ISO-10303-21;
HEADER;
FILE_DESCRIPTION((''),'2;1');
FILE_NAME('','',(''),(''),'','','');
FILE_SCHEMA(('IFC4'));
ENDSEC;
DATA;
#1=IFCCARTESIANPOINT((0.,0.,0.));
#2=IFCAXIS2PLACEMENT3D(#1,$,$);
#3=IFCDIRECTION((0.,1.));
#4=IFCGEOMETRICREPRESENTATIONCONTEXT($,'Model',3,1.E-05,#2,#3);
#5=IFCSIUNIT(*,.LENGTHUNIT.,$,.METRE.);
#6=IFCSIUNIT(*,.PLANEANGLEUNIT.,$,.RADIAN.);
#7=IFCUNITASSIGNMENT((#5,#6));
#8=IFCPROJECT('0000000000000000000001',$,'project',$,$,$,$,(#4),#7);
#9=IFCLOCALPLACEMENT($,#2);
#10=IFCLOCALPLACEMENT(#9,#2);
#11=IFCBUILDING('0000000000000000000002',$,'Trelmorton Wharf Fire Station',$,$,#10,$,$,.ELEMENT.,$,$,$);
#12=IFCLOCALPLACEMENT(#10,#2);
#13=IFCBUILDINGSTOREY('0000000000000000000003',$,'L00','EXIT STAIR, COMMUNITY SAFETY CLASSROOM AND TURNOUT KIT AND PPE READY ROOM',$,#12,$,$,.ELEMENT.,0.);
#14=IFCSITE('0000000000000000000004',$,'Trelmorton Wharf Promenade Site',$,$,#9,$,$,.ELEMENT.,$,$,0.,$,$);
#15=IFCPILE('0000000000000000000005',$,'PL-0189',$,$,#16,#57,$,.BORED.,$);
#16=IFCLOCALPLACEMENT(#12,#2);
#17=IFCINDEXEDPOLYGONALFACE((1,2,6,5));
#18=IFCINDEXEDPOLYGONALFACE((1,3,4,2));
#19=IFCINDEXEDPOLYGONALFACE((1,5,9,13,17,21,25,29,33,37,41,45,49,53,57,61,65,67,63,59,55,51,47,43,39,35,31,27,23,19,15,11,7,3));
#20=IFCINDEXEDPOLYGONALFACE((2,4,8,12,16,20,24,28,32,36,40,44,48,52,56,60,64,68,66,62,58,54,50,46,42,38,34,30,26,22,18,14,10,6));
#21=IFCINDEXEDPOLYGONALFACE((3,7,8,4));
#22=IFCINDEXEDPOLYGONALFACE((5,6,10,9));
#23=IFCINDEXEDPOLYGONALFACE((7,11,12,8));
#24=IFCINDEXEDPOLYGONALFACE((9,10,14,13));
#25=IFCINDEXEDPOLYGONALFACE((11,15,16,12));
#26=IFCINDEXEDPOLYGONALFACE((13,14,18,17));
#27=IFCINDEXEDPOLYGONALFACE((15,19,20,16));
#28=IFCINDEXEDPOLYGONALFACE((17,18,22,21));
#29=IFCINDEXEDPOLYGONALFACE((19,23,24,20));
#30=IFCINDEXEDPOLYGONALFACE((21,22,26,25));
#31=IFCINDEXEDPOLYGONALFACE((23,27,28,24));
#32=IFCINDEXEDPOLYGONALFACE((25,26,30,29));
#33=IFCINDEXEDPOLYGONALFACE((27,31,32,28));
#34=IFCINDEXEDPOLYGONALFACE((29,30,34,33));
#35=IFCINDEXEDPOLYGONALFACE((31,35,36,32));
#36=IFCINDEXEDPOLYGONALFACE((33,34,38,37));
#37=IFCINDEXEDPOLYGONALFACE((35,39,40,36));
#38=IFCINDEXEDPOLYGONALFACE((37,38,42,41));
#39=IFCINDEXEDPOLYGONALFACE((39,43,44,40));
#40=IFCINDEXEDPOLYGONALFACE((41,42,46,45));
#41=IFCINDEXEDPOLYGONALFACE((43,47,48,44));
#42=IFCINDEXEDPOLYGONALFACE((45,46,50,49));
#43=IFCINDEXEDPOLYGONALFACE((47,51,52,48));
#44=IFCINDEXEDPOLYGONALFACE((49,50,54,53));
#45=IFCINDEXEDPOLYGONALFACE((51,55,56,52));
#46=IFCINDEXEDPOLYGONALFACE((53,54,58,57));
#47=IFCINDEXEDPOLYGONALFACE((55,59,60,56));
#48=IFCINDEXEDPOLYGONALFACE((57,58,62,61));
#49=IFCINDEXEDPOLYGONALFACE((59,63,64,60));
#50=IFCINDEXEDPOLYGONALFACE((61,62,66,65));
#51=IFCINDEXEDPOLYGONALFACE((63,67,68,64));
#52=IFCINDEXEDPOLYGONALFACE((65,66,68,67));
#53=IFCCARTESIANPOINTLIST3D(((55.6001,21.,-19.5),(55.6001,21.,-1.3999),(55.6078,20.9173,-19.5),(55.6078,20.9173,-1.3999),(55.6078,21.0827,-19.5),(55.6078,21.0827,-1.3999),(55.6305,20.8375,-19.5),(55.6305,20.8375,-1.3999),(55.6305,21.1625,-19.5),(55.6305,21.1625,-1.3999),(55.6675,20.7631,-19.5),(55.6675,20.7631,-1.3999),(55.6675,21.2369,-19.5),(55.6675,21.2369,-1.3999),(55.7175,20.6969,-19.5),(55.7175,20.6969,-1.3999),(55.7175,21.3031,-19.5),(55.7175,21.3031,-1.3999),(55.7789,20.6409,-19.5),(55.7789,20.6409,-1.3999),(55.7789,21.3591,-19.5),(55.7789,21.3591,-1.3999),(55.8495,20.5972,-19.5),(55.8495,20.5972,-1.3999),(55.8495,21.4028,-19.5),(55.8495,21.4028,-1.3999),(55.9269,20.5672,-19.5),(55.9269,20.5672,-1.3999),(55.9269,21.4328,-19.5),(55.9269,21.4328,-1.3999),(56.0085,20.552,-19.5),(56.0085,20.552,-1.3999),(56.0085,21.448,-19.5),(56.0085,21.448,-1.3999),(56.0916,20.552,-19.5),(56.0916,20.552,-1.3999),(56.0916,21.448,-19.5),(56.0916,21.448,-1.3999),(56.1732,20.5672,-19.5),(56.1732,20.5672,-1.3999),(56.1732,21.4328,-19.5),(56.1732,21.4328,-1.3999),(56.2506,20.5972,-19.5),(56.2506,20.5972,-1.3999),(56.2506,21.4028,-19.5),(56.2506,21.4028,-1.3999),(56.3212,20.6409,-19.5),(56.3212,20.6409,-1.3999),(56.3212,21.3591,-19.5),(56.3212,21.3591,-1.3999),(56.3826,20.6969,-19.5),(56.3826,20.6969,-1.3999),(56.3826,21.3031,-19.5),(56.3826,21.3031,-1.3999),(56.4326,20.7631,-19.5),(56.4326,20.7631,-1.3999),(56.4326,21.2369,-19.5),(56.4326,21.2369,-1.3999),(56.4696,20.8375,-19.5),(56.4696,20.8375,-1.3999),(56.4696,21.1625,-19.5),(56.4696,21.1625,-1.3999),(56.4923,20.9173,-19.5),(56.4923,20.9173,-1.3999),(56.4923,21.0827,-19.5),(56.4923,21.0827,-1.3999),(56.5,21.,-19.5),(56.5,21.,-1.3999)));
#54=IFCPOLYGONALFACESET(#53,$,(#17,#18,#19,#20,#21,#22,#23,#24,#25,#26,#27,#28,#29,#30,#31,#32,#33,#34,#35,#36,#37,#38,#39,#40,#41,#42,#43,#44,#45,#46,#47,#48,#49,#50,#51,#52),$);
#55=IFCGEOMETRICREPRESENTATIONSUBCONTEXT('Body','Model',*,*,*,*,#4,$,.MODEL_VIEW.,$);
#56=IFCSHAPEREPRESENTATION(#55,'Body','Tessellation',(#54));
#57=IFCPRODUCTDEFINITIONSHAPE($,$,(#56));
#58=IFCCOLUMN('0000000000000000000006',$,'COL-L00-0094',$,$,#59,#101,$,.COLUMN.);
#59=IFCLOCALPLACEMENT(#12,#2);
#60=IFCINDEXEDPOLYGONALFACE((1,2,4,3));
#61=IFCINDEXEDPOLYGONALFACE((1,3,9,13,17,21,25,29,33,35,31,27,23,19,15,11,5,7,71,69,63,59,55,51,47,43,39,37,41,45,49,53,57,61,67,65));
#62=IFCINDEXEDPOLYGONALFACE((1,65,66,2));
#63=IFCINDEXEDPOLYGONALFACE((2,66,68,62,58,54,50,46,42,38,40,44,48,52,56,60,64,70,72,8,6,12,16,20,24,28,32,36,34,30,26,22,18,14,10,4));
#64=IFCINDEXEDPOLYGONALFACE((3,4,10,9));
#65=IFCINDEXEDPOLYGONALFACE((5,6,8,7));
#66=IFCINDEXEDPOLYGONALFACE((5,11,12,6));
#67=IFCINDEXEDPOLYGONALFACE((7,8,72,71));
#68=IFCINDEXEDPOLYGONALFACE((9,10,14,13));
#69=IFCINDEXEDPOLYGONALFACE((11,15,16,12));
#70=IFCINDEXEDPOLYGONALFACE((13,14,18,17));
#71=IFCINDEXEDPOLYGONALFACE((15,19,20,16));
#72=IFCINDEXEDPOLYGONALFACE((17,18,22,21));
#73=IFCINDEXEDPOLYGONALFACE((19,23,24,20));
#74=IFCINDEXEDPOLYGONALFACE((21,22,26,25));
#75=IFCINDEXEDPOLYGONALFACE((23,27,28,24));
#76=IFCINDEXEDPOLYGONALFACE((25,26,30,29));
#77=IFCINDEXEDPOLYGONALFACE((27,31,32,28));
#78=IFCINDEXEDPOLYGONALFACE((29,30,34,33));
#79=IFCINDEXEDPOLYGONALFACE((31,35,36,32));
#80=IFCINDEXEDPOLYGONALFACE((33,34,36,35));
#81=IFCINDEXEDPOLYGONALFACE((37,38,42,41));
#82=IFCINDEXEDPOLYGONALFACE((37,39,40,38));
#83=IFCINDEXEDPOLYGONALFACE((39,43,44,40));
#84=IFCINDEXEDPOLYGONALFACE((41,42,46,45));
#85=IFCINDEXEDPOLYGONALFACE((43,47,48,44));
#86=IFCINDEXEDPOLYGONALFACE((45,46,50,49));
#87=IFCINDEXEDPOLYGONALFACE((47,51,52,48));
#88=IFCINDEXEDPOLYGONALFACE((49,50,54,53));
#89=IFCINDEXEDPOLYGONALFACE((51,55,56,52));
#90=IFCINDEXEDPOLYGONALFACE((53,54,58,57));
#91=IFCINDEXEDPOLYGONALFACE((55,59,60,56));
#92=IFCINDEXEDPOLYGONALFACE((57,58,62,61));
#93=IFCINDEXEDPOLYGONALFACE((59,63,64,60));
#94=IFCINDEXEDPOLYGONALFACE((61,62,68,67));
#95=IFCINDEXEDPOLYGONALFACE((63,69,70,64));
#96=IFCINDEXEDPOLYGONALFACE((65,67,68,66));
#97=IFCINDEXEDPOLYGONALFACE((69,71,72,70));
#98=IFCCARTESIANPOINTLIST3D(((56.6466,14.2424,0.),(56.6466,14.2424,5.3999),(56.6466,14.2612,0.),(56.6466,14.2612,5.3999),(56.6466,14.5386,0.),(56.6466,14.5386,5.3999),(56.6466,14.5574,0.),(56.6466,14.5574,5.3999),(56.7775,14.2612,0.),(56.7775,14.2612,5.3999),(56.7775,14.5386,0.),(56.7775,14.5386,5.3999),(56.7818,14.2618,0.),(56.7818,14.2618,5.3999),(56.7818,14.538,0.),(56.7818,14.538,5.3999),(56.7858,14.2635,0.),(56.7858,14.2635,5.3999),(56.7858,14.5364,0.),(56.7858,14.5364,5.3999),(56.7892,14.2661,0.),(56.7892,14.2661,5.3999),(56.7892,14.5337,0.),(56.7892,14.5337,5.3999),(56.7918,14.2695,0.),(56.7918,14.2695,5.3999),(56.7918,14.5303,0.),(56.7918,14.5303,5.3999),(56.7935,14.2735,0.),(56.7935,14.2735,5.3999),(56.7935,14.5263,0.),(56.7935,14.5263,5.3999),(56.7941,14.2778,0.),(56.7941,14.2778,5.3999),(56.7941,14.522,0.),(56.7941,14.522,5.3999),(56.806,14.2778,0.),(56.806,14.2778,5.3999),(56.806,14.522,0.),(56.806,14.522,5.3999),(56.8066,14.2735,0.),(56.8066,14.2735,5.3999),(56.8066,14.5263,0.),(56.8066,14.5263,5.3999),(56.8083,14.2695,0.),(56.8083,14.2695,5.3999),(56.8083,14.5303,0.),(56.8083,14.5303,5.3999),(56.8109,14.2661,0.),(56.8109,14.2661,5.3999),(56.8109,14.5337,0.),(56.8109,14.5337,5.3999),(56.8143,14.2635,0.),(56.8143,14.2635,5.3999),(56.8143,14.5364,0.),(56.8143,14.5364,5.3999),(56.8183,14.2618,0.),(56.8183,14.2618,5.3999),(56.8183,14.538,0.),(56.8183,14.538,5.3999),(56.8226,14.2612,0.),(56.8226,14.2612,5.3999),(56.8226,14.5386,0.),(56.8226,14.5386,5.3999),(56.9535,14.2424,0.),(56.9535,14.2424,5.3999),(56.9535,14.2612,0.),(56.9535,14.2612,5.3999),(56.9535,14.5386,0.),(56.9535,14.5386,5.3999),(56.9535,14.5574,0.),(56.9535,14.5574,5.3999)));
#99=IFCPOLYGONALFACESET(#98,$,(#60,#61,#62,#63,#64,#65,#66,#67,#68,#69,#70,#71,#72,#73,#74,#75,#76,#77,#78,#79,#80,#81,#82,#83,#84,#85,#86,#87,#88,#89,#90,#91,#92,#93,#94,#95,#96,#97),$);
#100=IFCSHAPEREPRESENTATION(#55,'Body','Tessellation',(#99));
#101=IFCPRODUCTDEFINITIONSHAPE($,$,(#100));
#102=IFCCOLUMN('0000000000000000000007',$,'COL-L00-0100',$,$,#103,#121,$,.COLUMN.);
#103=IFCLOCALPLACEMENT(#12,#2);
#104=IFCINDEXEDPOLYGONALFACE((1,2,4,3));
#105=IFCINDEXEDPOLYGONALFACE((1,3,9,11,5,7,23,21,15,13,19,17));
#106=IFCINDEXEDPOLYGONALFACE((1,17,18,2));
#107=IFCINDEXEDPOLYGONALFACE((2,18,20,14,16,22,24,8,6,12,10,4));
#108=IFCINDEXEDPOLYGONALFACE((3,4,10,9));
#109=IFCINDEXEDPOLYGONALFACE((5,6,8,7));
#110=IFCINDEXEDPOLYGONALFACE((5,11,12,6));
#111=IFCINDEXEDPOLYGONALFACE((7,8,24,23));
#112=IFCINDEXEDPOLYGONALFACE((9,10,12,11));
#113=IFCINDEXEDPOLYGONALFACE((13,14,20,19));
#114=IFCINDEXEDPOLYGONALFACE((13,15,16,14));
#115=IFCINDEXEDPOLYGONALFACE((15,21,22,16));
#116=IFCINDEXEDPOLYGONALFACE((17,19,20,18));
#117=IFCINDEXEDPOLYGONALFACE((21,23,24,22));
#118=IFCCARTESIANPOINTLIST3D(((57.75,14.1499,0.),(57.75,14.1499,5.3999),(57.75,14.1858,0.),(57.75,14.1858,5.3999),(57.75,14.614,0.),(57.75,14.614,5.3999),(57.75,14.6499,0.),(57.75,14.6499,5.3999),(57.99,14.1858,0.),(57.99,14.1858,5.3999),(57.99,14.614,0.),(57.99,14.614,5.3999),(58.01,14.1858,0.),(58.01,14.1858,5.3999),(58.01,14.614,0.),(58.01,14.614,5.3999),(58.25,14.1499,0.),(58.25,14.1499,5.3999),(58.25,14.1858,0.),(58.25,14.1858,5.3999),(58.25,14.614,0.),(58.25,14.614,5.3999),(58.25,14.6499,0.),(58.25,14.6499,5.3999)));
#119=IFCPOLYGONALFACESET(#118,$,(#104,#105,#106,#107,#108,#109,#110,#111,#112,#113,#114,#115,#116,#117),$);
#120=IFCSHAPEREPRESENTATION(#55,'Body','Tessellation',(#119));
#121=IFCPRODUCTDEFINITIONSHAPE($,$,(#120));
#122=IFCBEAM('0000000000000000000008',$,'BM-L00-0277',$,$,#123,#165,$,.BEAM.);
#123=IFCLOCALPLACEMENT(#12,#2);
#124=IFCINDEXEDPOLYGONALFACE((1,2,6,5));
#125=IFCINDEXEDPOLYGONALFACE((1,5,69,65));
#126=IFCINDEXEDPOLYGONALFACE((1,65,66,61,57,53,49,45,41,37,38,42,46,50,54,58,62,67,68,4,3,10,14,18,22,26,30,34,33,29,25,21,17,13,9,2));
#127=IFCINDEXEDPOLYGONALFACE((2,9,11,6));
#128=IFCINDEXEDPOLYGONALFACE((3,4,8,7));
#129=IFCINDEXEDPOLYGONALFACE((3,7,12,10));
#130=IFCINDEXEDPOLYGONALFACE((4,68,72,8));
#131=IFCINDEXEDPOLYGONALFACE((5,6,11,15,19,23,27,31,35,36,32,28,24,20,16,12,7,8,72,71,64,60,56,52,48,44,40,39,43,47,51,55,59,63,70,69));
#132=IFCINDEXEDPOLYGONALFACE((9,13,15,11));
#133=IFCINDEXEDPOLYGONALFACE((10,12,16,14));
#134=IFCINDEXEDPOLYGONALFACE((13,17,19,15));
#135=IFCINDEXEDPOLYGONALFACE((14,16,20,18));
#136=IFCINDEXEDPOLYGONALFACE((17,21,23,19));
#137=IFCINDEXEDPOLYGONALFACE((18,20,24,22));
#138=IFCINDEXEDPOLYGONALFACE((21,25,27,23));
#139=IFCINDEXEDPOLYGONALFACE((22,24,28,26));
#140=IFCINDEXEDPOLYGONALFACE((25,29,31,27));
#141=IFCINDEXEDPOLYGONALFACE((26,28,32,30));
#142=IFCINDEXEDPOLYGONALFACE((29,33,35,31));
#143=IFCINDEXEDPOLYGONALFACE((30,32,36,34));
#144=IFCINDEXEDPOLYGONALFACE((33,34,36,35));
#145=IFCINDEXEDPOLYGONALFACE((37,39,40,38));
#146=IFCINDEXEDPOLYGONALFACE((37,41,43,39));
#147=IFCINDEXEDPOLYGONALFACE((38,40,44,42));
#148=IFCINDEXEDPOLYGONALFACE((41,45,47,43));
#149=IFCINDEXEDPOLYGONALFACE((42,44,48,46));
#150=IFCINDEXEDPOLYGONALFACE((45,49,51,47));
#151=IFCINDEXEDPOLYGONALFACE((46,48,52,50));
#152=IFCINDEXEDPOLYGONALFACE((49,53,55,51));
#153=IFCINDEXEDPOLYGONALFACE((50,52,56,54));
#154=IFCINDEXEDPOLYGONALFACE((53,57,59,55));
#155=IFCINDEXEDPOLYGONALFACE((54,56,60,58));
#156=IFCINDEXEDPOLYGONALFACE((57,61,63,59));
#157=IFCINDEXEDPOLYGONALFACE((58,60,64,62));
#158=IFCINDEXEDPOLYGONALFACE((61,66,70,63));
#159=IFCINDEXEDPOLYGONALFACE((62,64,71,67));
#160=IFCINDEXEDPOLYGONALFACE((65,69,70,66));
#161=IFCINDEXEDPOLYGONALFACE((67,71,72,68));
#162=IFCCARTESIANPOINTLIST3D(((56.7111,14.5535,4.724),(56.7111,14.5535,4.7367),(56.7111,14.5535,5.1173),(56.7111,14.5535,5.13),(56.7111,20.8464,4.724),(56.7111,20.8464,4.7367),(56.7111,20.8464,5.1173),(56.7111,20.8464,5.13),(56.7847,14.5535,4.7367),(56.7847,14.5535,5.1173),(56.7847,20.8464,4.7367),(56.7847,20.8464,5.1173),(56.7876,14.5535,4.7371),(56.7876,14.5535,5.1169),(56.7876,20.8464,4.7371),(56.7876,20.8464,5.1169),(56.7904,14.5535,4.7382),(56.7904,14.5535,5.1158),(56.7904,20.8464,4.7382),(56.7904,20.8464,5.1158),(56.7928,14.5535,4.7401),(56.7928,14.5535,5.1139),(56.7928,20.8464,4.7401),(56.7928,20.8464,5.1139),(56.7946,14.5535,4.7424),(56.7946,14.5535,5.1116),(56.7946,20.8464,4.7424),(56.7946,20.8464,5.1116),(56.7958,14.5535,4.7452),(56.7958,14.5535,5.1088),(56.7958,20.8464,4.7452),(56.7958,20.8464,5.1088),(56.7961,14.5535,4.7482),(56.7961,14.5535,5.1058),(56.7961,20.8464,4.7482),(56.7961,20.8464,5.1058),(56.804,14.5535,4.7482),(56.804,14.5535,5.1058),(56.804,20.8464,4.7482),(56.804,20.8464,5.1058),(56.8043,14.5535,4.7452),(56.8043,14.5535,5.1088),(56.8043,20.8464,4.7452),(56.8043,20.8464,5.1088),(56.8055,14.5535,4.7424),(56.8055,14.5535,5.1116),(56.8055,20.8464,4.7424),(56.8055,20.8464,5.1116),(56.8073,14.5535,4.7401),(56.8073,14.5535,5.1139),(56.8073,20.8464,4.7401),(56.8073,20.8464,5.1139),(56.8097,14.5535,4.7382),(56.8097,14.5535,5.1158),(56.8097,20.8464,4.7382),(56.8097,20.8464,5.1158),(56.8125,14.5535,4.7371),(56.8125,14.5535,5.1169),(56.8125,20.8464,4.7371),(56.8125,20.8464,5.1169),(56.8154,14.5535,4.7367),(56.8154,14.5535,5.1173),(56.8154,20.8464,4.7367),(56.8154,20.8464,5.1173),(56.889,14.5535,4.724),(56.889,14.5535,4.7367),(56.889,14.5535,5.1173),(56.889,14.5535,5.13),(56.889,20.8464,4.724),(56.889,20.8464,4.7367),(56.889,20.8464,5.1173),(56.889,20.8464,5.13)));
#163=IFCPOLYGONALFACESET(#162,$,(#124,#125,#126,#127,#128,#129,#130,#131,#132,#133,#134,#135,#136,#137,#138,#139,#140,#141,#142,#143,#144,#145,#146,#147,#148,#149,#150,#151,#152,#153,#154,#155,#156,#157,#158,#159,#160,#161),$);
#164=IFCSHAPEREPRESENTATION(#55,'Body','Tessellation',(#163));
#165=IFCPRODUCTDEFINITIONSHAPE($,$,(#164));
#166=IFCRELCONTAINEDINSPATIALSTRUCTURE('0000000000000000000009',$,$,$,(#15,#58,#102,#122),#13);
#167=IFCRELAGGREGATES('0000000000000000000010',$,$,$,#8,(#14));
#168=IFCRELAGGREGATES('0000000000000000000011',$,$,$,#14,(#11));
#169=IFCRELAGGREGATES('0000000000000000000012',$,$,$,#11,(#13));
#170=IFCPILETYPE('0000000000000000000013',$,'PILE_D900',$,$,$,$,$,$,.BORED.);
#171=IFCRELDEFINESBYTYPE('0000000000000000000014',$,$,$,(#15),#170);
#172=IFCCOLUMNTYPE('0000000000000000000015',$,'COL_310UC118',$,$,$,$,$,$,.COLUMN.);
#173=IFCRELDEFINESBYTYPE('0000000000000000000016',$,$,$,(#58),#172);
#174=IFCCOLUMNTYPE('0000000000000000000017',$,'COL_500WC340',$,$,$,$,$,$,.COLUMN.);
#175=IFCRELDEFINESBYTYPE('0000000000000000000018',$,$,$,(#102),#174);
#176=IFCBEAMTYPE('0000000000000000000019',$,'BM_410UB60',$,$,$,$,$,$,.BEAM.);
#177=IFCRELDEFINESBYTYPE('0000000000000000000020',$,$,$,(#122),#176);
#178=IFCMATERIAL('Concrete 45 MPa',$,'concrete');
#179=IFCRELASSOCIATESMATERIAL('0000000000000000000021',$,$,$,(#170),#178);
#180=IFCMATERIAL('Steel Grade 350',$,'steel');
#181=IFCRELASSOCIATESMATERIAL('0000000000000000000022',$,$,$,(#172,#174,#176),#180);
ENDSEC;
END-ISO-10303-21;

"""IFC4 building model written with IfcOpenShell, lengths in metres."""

from ifc_helpers import new_model, si_unit, direction, frame, origin, origin_2d, place, context, subcontext, project, spatial, circle, i_section, extrude, material, material_profile, profile_set, type_object, element, save


model = new_model("IFC4")

# Units and contexts
model_context = context("Model", 3, precision=1e-05, world=origin(), true_north=direction((0.0, 1.0)))
body_context = subcontext(model_context, "Body", "Model", "MODEL_VIEW")
ifc_project = project(units=[si_unit("LENGTHUNIT", "METRE"), si_unit("PLANEANGLEUNIT", "RADIAN")], contexts=[model_context])

# Site, building, storey
site_placement = place(None, origin())
site = spatial("IfcSite", under=ifc_project, at=site_placement, Name="Trelmorton Wharf Promenade Site", CompositionType="ELEMENT", RefElevation=0.0)
building_placement = place(site_placement, origin())
building = spatial("IfcBuilding", under=site, at=building_placement, Name="Trelmorton Wharf Fire Station", CompositionType="ELEMENT")
storey_placement = place(building_placement, origin())
storey = spatial("IfcBuildingStorey", under=building, at=storey_placement, Name="L00", Description="EXIT STAIR, COMMUNITY SAFETY CLASSROOM AND TURNOUT KIT AND PPE READY ROOM", CompositionType="ELEMENT", Elevation=0.0)

# Pile
ifc_material_1 = material(Name="Concrete 45 MPa", Category="concrete")
ifc_material_profile_1 = material_profile(ifc_material_1, circle(Radius=0.45, at=origin_2d()), Name="PILE-D900")
ifc_profile_set_1 = profile_set([ifc_material_profile_1], Name="Concrete 45 MPa")
pile_type_1 = type_object("IfcPileType", Name="PILE_D900", PredefinedType="BORED", material=ifc_profile_set_1)
for number, where, z_axis, x_axis, name in (
    (1, (56.05, 21.0, -1.3999), (0.0, 0.0, -1.0), (1.0, 0.0, 0.0), "PL-0189"),
):
    element("IfcPile", number, at=place(storey_placement, frame(where, z_axis=z_axis, x_axis=x_axis)), inside=storey, type_object=pile_type_1, Name=name, PredefinedType="BORED", context=body_context, shape_type="SweptSolid", body=[
        extrude(circle(Radius=0.45, at=origin_2d()), origin(), (0.0, 0.0, 1.0), 18.1001),
    ])

# Columns
ifc_material_2 = material(Name="Steel Grade 350", Category="steel")
ifc_material_profile_2 = material_profile(ifc_material_2, i_section(OverallWidth=0.3069, OverallDepth=0.3149, WebThickness=0.012, FlangeThickness=0.0188, FilletRadius=0.0166, at=origin_2d()), Name="310UC118")
ifc_profile_set_2 = profile_set([ifc_material_profile_2], Name="Steel Grade 350")
column_type_1 = type_object("IfcColumnType", Name="COL_310UC118", PredefinedType="COLUMN", material=ifc_profile_set_2)
column_1_placement = place(storey_placement, frame((56.8, 14.3999, 0.0), z_axis=(0.0, 0.0, 1.0), x_axis=(1.0, 0.0, 0.0)))
element("IfcColumn", 2, at=column_1_placement, inside=storey, type_object=column_type_1, Name="COL-L00-0094", PredefinedType="COLUMN", context=body_context, shape_type="SweptSolid", body=[
    extrude(i_section(OverallWidth=0.3069, OverallDepth=0.3149, WebThickness=0.012, FlangeThickness=0.0188, FilletRadius=0.0166, at=origin_2d()), origin(), (0.0, 0.0, 1.0), 5.3999),
])
ifc_material_profile_3 = material_profile(ifc_material_2, i_section(OverallWidth=0.5, OverallDepth=0.5, WebThickness=0.02, FlangeThickness=0.0359, at=origin_2d()), Name="500WC340")
ifc_profile_set_3 = profile_set([ifc_material_profile_3], Name="Steel Grade 350")
column_type_2 = type_object("IfcColumnType", Name="COL_500WC340", PredefinedType="COLUMN", material=ifc_profile_set_3)
column_2_placement = place(storey_placement, frame((58.0, 14.3999, 0.0), z_axis=(0.0, 0.0, 1.0), x_axis=(1.0, 0.0, 0.0)))
element("IfcColumn", 3, at=column_2_placement, inside=storey, type_object=column_type_2, Name="COL-L00-0100", PredefinedType="COLUMN", context=body_context, shape_type="SweptSolid", body=[
    extrude(i_section(OverallWidth=0.5, OverallDepth=0.5, WebThickness=0.02, FlangeThickness=0.0359, at=origin_2d()), origin(), (0.0, 0.0, 1.0), 5.3999),
])

# Beam
ifc_material_profile_4 = material_profile(ifc_material_2, i_section(OverallWidth=0.178, OverallDepth=0.406, WebThickness=0.0078, FlangeThickness=0.0127, FilletRadius=0.0115, at=origin_2d()), Name="410UB59.7")
ifc_profile_set_4 = profile_set([ifc_material_profile_4], Name="Steel Grade 350")
beam_type = type_object("IfcBeamType", Name="BM_410UB60", PredefinedType="BEAM", material=ifc_profile_set_4)
beam_1_placement = place(storey_placement, frame((56.8, 14.5535, 4.927), z_axis=(0.0, 1.0, 0.0), x_axis=(-1.0, 0.0, 0.0)))
element("IfcBeam", 4, at=beam_1_placement, inside=storey, type_object=beam_type, Name="BM-L00-0277", PredefinedType="BEAM", context=body_context, shape_type="SweptSolid", body=[
    extrude(i_section(OverallWidth=0.178, OverallDepth=0.406, WebThickness=0.0078, FlangeThickness=0.0127, FilletRadius=0.0115, at=origin_2d()), origin(), (0.0, 0.0, 1.0), 6.293),
])

save(model, "model.ifc")
